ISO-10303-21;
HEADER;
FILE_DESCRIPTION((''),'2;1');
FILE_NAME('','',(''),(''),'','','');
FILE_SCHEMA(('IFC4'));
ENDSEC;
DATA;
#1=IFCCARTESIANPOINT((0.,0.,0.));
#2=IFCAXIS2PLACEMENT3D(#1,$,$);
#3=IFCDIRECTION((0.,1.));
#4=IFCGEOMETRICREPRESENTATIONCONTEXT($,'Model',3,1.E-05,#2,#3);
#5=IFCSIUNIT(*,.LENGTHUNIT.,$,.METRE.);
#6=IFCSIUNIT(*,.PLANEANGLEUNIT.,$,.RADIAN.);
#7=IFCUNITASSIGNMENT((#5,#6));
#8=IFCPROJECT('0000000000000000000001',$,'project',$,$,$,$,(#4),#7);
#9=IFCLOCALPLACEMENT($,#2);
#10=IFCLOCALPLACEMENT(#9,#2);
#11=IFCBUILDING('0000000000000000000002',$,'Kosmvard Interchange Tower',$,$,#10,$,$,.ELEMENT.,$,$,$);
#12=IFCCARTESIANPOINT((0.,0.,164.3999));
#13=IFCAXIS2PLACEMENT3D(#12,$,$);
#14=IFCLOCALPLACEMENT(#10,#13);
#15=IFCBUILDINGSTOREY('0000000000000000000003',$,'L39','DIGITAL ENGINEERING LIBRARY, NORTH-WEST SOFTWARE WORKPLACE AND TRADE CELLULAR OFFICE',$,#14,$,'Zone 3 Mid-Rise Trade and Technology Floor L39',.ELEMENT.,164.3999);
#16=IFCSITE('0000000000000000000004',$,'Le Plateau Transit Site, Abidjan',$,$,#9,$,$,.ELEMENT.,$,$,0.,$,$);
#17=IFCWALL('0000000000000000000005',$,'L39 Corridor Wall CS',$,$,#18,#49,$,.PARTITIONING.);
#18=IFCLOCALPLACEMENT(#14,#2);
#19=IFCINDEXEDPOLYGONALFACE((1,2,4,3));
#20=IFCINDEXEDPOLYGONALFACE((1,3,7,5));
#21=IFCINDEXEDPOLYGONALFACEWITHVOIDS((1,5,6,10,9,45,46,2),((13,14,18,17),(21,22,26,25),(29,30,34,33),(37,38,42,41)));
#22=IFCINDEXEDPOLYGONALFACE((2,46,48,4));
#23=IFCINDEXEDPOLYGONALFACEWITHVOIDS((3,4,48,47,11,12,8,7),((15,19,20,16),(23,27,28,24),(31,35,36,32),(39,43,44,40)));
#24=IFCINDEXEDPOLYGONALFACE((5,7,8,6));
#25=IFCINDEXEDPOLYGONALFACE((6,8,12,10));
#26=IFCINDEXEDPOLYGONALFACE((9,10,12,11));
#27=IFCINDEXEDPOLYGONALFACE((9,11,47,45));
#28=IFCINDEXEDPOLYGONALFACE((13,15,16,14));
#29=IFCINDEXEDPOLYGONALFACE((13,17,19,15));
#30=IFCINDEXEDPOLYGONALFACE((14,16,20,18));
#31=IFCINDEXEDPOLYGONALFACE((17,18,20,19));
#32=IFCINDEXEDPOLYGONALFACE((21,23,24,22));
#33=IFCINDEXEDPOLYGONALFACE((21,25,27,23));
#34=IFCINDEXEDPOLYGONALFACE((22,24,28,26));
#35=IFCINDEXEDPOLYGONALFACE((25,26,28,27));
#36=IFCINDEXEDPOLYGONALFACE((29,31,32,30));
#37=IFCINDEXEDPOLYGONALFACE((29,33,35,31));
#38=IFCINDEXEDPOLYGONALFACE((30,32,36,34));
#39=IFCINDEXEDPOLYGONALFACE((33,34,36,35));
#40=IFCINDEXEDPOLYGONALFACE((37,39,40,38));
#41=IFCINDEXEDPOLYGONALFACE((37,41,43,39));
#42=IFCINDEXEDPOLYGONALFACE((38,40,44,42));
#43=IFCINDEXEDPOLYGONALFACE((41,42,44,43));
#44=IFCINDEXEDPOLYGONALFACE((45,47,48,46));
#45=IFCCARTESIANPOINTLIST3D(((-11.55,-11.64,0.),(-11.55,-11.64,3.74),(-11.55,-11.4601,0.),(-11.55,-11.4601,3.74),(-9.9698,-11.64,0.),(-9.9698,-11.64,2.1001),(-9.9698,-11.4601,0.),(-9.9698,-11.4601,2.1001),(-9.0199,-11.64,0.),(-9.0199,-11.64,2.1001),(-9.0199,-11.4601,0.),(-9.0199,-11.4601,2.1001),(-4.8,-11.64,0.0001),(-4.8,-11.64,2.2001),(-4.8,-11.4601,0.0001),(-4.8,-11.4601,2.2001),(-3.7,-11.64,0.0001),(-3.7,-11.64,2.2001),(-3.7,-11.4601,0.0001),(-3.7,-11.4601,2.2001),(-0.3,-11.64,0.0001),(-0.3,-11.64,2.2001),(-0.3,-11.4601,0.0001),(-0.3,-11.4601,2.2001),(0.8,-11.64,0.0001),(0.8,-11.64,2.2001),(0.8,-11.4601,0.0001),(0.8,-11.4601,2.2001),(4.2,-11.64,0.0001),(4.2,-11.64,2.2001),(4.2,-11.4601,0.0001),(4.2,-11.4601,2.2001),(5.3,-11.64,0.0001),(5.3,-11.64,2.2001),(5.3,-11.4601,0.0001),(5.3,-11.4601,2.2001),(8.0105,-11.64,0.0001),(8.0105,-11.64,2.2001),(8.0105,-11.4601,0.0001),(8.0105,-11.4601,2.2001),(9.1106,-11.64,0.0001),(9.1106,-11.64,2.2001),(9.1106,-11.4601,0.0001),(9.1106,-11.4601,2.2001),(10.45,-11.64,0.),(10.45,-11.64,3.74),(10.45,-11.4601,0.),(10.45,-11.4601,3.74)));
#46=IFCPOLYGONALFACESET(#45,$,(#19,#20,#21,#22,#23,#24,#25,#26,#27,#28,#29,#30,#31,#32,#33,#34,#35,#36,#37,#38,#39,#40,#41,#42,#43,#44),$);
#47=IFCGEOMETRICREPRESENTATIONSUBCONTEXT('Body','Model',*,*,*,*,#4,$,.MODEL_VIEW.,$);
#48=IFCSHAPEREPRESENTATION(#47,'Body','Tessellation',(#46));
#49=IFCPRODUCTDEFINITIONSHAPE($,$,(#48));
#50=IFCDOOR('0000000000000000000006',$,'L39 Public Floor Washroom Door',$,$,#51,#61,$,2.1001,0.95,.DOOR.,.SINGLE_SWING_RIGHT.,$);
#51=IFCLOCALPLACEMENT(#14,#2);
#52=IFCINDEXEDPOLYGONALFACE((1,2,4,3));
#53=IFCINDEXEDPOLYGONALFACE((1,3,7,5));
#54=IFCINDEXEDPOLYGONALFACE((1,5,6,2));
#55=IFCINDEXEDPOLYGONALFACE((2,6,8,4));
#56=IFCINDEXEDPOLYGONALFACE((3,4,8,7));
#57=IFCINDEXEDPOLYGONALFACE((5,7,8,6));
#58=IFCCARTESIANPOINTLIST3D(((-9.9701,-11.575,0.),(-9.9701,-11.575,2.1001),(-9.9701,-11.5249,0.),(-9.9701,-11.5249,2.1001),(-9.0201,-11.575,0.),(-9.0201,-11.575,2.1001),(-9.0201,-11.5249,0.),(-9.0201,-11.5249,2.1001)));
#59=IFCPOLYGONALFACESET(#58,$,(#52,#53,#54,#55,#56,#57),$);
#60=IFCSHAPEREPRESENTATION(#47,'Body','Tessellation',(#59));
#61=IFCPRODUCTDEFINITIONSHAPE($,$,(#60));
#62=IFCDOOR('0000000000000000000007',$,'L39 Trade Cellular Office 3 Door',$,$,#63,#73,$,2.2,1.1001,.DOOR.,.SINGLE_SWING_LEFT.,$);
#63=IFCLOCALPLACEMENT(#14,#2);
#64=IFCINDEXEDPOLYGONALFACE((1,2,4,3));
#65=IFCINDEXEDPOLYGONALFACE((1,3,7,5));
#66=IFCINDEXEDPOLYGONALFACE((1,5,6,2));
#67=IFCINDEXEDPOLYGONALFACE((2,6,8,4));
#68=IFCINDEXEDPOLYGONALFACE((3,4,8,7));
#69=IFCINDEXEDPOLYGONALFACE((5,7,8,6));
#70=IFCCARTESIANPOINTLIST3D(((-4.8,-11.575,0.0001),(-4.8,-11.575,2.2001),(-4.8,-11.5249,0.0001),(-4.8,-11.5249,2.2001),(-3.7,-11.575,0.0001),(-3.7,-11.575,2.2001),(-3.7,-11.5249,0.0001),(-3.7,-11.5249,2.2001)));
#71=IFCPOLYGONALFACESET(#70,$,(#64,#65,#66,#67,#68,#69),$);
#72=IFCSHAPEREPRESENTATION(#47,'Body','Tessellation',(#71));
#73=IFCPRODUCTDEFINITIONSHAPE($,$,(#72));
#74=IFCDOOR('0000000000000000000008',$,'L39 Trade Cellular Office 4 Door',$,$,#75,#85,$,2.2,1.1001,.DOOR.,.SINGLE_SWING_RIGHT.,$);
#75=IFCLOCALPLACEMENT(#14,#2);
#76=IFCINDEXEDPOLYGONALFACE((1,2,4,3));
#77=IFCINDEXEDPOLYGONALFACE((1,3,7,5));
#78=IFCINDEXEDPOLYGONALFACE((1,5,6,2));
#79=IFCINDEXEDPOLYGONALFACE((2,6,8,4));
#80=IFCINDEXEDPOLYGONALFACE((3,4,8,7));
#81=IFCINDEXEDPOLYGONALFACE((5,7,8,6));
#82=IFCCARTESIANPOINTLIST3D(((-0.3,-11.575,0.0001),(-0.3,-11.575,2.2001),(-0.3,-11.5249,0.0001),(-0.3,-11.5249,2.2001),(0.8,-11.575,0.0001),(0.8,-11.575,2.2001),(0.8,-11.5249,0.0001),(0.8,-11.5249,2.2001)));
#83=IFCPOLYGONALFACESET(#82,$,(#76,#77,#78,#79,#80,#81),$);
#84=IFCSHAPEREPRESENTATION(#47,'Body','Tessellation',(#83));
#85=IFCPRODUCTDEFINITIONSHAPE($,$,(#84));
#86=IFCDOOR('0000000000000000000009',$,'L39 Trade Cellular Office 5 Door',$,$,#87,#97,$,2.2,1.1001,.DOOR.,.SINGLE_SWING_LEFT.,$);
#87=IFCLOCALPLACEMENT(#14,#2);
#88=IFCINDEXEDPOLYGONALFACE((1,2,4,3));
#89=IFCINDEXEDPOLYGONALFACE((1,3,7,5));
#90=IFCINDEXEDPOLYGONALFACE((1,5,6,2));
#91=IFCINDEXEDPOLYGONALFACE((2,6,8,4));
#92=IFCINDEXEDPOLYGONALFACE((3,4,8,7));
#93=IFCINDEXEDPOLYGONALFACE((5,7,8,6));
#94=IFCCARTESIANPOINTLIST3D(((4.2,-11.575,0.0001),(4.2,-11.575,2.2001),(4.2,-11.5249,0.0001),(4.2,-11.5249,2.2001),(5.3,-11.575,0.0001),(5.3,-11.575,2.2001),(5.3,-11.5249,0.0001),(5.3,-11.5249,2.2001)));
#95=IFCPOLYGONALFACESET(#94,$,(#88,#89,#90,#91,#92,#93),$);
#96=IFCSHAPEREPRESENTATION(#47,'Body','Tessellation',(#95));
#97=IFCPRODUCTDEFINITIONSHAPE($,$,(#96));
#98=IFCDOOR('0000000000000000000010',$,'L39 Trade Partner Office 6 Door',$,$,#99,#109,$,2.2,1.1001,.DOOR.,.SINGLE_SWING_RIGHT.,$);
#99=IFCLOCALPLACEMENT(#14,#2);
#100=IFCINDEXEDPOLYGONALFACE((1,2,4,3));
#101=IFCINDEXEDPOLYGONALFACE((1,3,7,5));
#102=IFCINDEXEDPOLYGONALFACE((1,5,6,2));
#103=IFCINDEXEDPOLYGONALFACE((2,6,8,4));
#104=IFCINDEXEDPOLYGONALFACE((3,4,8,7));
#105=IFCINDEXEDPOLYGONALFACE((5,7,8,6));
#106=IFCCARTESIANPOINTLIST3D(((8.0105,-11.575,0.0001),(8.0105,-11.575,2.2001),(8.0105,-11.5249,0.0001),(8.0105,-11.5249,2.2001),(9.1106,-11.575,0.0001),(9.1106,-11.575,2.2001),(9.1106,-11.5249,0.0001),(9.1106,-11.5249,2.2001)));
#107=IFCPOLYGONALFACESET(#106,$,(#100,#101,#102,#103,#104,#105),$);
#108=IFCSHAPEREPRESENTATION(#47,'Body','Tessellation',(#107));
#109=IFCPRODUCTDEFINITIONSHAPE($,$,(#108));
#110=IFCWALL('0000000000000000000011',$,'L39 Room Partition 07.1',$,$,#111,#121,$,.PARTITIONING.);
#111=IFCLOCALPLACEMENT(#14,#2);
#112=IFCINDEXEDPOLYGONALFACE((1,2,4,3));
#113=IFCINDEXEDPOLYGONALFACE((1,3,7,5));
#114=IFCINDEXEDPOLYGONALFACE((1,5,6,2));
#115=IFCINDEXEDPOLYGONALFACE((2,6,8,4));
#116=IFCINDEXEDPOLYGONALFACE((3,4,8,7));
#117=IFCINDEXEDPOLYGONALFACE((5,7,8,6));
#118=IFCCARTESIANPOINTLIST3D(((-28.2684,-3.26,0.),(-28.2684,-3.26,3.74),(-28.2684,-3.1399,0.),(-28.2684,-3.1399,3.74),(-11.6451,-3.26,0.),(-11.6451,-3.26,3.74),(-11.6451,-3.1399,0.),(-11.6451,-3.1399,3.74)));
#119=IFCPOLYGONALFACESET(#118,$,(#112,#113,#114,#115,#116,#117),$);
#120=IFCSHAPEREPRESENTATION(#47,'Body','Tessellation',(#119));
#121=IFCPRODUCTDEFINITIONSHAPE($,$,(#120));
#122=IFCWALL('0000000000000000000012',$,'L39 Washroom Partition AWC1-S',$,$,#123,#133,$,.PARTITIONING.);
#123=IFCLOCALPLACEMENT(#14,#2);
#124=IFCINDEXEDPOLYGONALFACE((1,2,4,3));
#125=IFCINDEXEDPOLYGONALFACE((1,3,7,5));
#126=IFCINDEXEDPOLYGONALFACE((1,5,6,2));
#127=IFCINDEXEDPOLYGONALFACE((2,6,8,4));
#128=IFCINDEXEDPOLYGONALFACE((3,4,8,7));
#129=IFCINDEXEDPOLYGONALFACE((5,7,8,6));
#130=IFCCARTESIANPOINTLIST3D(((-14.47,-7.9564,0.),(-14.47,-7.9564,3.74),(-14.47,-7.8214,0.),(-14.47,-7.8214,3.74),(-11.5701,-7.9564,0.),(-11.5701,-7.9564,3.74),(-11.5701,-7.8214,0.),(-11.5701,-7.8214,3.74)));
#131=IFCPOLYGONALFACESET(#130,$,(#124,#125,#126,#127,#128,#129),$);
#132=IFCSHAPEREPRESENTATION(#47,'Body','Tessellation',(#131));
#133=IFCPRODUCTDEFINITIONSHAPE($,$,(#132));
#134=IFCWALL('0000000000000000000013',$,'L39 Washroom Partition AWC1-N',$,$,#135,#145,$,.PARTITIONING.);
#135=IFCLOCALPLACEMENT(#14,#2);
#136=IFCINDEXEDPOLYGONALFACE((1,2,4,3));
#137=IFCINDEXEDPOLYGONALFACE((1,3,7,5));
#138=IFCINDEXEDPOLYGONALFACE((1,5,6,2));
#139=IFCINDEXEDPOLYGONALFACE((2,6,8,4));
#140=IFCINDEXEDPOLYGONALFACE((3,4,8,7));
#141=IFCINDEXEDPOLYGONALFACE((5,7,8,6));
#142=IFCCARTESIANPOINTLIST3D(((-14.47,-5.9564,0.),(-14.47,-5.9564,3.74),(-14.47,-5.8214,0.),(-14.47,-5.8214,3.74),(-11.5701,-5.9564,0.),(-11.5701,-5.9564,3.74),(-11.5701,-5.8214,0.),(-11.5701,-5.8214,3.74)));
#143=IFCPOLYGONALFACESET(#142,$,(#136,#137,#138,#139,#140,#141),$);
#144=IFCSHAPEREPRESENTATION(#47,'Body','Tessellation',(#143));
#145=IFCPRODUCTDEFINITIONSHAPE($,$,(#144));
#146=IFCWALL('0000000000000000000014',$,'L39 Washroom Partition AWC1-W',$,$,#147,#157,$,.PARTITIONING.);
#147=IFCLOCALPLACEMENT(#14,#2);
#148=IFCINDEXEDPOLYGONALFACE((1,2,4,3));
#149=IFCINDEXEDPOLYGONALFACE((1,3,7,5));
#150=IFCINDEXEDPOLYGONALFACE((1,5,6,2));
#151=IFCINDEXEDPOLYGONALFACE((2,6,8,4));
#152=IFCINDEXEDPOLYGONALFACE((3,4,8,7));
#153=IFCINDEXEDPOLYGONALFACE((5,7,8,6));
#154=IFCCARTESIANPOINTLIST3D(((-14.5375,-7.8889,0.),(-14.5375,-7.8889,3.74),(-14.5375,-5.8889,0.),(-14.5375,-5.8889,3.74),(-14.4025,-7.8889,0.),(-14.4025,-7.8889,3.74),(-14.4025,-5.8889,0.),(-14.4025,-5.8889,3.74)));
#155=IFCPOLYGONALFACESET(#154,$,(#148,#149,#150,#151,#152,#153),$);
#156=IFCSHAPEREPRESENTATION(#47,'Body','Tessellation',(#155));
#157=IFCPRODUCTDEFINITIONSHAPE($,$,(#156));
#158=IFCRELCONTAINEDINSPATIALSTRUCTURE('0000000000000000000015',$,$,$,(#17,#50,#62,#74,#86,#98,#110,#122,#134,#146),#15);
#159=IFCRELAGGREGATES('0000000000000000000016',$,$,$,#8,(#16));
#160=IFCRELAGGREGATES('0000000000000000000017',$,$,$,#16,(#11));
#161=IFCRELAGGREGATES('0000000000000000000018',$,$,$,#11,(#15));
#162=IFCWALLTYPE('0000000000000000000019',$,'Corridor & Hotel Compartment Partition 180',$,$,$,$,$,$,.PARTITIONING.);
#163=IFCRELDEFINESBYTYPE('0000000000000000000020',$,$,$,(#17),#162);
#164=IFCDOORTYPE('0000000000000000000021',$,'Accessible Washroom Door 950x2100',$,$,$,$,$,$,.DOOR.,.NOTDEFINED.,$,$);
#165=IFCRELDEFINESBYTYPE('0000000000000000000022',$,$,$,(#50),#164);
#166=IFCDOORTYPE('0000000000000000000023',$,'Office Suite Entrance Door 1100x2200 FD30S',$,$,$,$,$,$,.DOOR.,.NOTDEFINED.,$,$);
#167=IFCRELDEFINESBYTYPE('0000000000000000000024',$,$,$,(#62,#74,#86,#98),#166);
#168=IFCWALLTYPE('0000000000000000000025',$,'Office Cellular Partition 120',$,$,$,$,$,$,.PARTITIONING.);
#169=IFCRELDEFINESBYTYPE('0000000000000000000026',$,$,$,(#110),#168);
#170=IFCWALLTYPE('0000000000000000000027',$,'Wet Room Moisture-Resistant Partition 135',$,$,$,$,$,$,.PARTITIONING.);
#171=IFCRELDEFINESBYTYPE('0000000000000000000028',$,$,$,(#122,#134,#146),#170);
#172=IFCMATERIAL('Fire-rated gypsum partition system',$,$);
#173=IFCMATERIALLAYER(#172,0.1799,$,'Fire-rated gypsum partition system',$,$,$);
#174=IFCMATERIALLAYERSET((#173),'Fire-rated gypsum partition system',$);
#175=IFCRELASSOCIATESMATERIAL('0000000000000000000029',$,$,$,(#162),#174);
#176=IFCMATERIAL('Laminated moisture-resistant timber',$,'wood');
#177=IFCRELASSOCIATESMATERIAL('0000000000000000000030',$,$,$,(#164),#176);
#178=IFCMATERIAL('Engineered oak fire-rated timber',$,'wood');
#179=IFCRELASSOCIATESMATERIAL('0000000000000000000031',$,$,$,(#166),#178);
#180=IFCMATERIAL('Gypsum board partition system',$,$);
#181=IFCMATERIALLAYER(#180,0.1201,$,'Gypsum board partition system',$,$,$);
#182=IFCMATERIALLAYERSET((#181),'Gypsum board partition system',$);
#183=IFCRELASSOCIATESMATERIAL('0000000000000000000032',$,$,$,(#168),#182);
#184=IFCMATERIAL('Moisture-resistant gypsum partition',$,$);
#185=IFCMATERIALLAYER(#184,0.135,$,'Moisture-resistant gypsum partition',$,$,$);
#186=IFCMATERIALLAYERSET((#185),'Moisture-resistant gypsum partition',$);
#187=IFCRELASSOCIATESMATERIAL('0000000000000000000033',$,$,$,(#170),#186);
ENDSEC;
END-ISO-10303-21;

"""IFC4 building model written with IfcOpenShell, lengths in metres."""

from ifc_helpers import new_model, si_unit, direction, frame, frame_2d, origin, place, context, subcontext, project, spatial, rectangle, extrude, source, transform, mapped, material, layer, layer_set, type_object, element, fill, save


model = new_model("IFC4")

# Units and contexts
model_context = context("Model", 3, precision=1e-05, world=origin(), true_north=direction((0.0, 1.0)))
body_context = subcontext(model_context, "Body", "Model", "MODEL_VIEW")
ifc_project = project(units=[si_unit("LENGTHUNIT", "METRE"), si_unit("PLANEANGLEUNIT", "RADIAN")], contexts=[model_context])

# Site, building, storey
site_placement = place(None, origin())
site = spatial("IfcSite", under=ifc_project, at=site_placement, Name="Le Plateau Transit Site, Abidjan", CompositionType="ELEMENT", RefElevation=0.0)
building_placement = place(site_placement, origin())
building = spatial("IfcBuilding", under=site, at=building_placement, Name="Kosmvard Interchange Tower", CompositionType="ELEMENT")
storey_placement = place(building_placement, frame((0.0, 0.0, 164.3999)))
storey = spatial("IfcBuildingStorey", under=building, at=storey_placement, Name="L39", Description="DIGITAL ENGINEERING LIBRARY, NORTH-WEST SOFTWARE WORKPLACE AND TRADE CELLULAR OFFICE", LongName="Zone 3 Mid-Rise Trade and Technology Floor L39", CompositionType="ELEMENT", Elevation=164.3999)

# Wall, openings, doors
ifc_material_1 = material(Name="Fire-rated gypsum partition system")
ifc_layer_1 = layer(ifc_material_1, 0.1799, Name="Fire-rated gypsum partition system")
ifc_layer_set_1 = layer_set([ifc_layer_1], Name="Fire-rated gypsum partition system")
wall_type_1 = type_object("IfcWallType", Name="Corridor & Hotel Compartment Partition 180", PredefinedType="PARTITIONING", material=ifc_layer_set_1)
wall_1_placement = place(storey_placement, frame((-11.55, -11.55, 0.0), z_axis=(0.0, 0.0, 1.0), x_axis=(1.0, 0.0, 0.0)))
wall_1 = element("IfcWall", 1, at=wall_1_placement, inside=storey, type_object=wall_type_1, Name="L39 Corridor Wall CS", PredefinedType="PARTITIONING", context=body_context, shape_type="SweptSolid", body=[
    extrude(rectangle(XDim=22.0, YDim=0.1799, at=frame_2d((11.0, 0.0))), origin(), (0.0, 0.0, 1.0), 3.74),
])
opening_1_placement = place(wall_1_placement, frame((1.5801, 0.0, 0.0)))
opening_1 = element("IfcOpeningElement", 2, at=opening_1_placement, cuts=wall_1, PredefinedType="OPENING", context=body_context, shape_type="SweptSolid", body=[
    extrude(rectangle(XDim=0.95, YDim=2.1001, at=frame_2d((0.4751, 1.05))), frame((0.0, 0.1001, 0.0), z_axis=(0.0, -1.0, 0.0), x_axis=(1.0, 0.0, 0.0)), (0.0, 0.0, 1.0), 0.2),
])
opening_2_placement = place(wall_1_placement, frame((6.75, 0.0, 0.0)))
opening_2 = element("IfcOpeningElement", 3, at=opening_2_placement, cuts=wall_1, PredefinedType="OPENING", context=body_context, shape_type="SweptSolid", body=[
    extrude(rectangle(XDim=1.1001, YDim=2.2, at=frame_2d((0.55, 1.1001))), frame((0.0, 0.1001, 0.0), z_axis=(0.0, -1.0, 0.0), x_axis=(1.0, 0.0, 0.0)), (0.0, 0.0, 1.0), 0.2),
])
opening_3_placement = place(wall_1_placement, frame((11.25, 0.0, 0.0)))
opening_3 = element("IfcOpeningElement", 4, at=opening_3_placement, cuts=wall_1, PredefinedType="OPENING", context=body_context, shape_type="SweptSolid", body=[
    extrude(rectangle(XDim=1.1001, YDim=2.2, at=frame_2d((0.55, 1.1001))), frame((0.0, 0.1001, 0.0), z_axis=(0.0, -1.0, 0.0), x_axis=(1.0, 0.0, 0.0)), (0.0, 0.0, 1.0), 0.2),
])
opening_4_placement = place(wall_1_placement, frame((15.75, 0.0, 0.0)))
opening_4 = element("IfcOpeningElement", 5, at=opening_4_placement, cuts=wall_1, PredefinedType="OPENING", context=body_context, shape_type="SweptSolid", body=[
    extrude(rectangle(XDim=1.1001, YDim=2.2, at=frame_2d((0.55, 1.1001))), frame((0.0, 0.1001, 0.0), z_axis=(0.0, -1.0, 0.0), x_axis=(1.0, 0.0, 0.0)), (0.0, 0.0, 1.0), 0.2),
])
opening_5_placement = place(wall_1_placement, frame((19.5605, 0.0, 0.0)))
opening_5 = element("IfcOpeningElement", 6, at=opening_5_placement, cuts=wall_1, PredefinedType="OPENING", context=body_context, shape_type="SweptSolid", body=[
    extrude(rectangle(XDim=1.1001, YDim=2.2, at=frame_2d((0.55, 1.1001))), frame((0.0, 0.1001, 0.0), z_axis=(0.0, -1.0, 0.0), x_axis=(1.0, 0.0, 0.0)), (0.0, 0.0, 1.0), 0.2),
])
ifc_material_2 = material(Name="Laminated moisture-resistant timber", Category="wood")
door_type_1 = type_object("IfcDoorType", Name="Accessible Washroom Door 950x2100", OperationType="NOTDEFINED", PredefinedType="DOOR", material=ifc_material_2)
shared_shape_1 = source(origin(), body_context, "Body", "SweptSolid", [
    extrude(rectangle(XDim=0.95, YDim=2.1001, at=frame_2d((0.4751, 1.05))), frame((0.0, 0.0249, 0.0), z_axis=(0.0, -1.0, 0.0), x_axis=(1.0, 0.0, 0.0)), (0.0, 0.0, 1.0), 0.05),
])
door_1_placement = place(opening_1_placement, frame((0.95, 0.0, 0.0), z_axis=(0.0, 0.0, 1.0), x_axis=(-1.0, 0.0, 0.0)))
door_1 = element("IfcDoor", 7, at=door_1_placement, inside=storey, type_object=door_type_1, Name="L39 Public Floor Washroom Door", OperationType="SINGLE_SWING_RIGHT", OverallHeight=2.1001, OverallWidth=0.95, PredefinedType="DOOR", context=body_context, shape_type="MappedRepresentation", body=[
    mapped(shared_shape_1, transform((0.0, 0.0, 0.0), scale=1.0)),
])
fill(opening_1, door_1)
ifc_material_3 = material(Name="Engineered oak fire-rated timber", Category="wood")
door_type_2 = type_object("IfcDoorType", Name="Office Suite Entrance Door 1100x2200 FD30S", OperationType="NOTDEFINED", PredefinedType="DOOR", material=ifc_material_3)
shared_shape_2 = source(origin(), body_context, "Body", "SweptSolid", [
    extrude(rectangle(XDim=1.1001, YDim=2.2, at=frame_2d((0.55, 1.1001))), frame((0.0, 0.0249, 0.0), z_axis=(0.0, -1.0, 0.0), x_axis=(1.0, 0.0, 0.0)), (0.0, 0.0, 1.0), 0.05),
])
door_2_placement = place(opening_2_placement, frame((1.1001, 0.0, 0.0), z_axis=(0.0, 0.0, 1.0), x_axis=(-1.0, 0.0, 0.0)))
door_2 = element("IfcDoor", 8, at=door_2_placement, inside=storey, type_object=door_type_2, Name="L39 Trade Cellular Office 3 Door", OperationType="SINGLE_SWING_LEFT", OverallHeight=2.2, OverallWidth=1.1001, PredefinedType="DOOR", context=body_context, shape_type="MappedRepresentation", body=[
    mapped(shared_shape_2, transform((0.0, 0.0, 0.0), scale=1.0)),
])
fill(opening_2, door_2)
door_3_placement = place(opening_3_placement, frame((1.1001, 0.0, 0.0), z_axis=(0.0, 0.0, 1.0), x_axis=(-1.0, 0.0, 0.0)))
door_3 = element("IfcDoor", 9, at=door_3_placement, inside=storey, type_object=door_type_2, Name="L39 Trade Cellular Office 4 Door", OperationType="SINGLE_SWING_RIGHT", OverallHeight=2.2, OverallWidth=1.1001, PredefinedType="DOOR", context=body_context, shape_type="MappedRepresentation", body=[
    mapped(shared_shape_2, transform((0.0, 0.0, 0.0), scale=1.0)),
])
fill(opening_3, door_3)
door_4_placement = place(opening_4_placement, frame((1.1001, 0.0, 0.0), z_axis=(0.0, 0.0, 1.0), x_axis=(-1.0, 0.0, 0.0)))
door_4 = element("IfcDoor", 10, at=door_4_placement, inside=storey, type_object=door_type_2, Name="L39 Trade Cellular Office 5 Door", OperationType="SINGLE_SWING_LEFT", OverallHeight=2.2, OverallWidth=1.1001, PredefinedType="DOOR", context=body_context, shape_type="MappedRepresentation", body=[
    mapped(shared_shape_2, transform((0.0, 0.0, 0.0), scale=1.0)),
])
fill(opening_4, door_4)
door_5_placement = place(opening_5_placement, frame((1.1001, 0.0, 0.0), z_axis=(0.0, 0.0, 1.0), x_axis=(-1.0, 0.0, 0.0)))
door_5 = element("IfcDoor", 11, at=door_5_placement, inside=storey, type_object=door_type_2, Name="L39 Trade Partner Office 6 Door", OperationType="SINGLE_SWING_RIGHT", OverallHeight=2.2, OverallWidth=1.1001, PredefinedType="DOOR", context=body_context, shape_type="MappedRepresentation", body=[
    mapped(shared_shape_2, transform((0.0, 0.0, 0.0), scale=1.0)),
])
fill(opening_5, door_5)

# Walls
ifc_material_4 = material(Name="Gypsum board partition system")
ifc_layer_2 = layer(ifc_material_4, 0.1201, Name="Gypsum board partition system")
ifc_layer_set_2 = layer_set([ifc_layer_2], Name="Gypsum board partition system")
wall_type_2 = type_object("IfcWallType", Name="Office Cellular Partition 120", PredefinedType="PARTITIONING", material=ifc_layer_set_2)
wall_2_placement = place(storey_placement, frame((-28.2683, -3.2, 0.0), z_axis=(0.0, 0.0, 1.0), x_axis=(1.0, 0.0, 0.0)))
element("IfcWall", 12, at=wall_2_placement, inside=storey, type_object=wall_type_2, Name="L39 Room Partition 07.1", PredefinedType="PARTITIONING", context=body_context, shape_type="SweptSolid", body=[
    extrude(rectangle(XDim=16.6233, YDim=0.1201, at=frame_2d((8.3115, 0.0))), origin(), (0.0, 0.0, 1.0), 3.74),
])
ifc_material_5 = material(Name="Moisture-resistant gypsum partition")
ifc_layer_3 = layer(ifc_material_5, 0.135, Name="Moisture-resistant gypsum partition")
ifc_layer_set_3 = layer_set([ifc_layer_3], Name="Moisture-resistant gypsum partition")
wall_type_3 = type_object("IfcWallType", Name="Wet Room Moisture-Resistant Partition 135", PredefinedType="PARTITIONING", material=ifc_layer_set_3)
for number, where, z_axis, x_axis, name in (
    (13, (-14.47, -7.8889, 0.0), (0.0, 0.0, 1.0), (1.0, 0.0, 0.0), "L39 Washroom Partition AWC1-S"),
    (14, (-14.47, -5.8889, 0.0), (0.0, 0.0, 1.0), (1.0, 0.0, 0.0), "L39 Washroom Partition AWC1-N"),
):
    element("IfcWall", number, at=place(storey_placement, frame(where, z_axis=z_axis, x_axis=x_axis)), inside=storey, type_object=wall_type_3, Name=name, PredefinedType="PARTITIONING", context=body_context, shape_type="SweptSolid", body=[
        extrude(rectangle(XDim=2.8999, YDim=0.135, at=frame_2d((1.45, 0.0))), origin(), (0.0, 0.0, 1.0), 3.74),
    ])
wall_3_placement = place(storey_placement, frame((-14.47, -7.8889, 0.0), z_axis=(0.0, 0.0, 1.0), x_axis=(0.0, 1.0, 0.0)))
element("IfcWall", 15, at=wall_3_placement, inside=storey, type_object=wall_type_3, Name="L39 Washroom Partition AWC1-W", PredefinedType="PARTITIONING", context=body_context, shape_type="SweptSolid", body=[
    extrude(rectangle(XDim=2.0, YDim=0.135, at=frame_2d((1.0, 0.0))), origin(), (0.0, 0.0, 1.0), 3.74),
])

save(model, "model.ifc")
